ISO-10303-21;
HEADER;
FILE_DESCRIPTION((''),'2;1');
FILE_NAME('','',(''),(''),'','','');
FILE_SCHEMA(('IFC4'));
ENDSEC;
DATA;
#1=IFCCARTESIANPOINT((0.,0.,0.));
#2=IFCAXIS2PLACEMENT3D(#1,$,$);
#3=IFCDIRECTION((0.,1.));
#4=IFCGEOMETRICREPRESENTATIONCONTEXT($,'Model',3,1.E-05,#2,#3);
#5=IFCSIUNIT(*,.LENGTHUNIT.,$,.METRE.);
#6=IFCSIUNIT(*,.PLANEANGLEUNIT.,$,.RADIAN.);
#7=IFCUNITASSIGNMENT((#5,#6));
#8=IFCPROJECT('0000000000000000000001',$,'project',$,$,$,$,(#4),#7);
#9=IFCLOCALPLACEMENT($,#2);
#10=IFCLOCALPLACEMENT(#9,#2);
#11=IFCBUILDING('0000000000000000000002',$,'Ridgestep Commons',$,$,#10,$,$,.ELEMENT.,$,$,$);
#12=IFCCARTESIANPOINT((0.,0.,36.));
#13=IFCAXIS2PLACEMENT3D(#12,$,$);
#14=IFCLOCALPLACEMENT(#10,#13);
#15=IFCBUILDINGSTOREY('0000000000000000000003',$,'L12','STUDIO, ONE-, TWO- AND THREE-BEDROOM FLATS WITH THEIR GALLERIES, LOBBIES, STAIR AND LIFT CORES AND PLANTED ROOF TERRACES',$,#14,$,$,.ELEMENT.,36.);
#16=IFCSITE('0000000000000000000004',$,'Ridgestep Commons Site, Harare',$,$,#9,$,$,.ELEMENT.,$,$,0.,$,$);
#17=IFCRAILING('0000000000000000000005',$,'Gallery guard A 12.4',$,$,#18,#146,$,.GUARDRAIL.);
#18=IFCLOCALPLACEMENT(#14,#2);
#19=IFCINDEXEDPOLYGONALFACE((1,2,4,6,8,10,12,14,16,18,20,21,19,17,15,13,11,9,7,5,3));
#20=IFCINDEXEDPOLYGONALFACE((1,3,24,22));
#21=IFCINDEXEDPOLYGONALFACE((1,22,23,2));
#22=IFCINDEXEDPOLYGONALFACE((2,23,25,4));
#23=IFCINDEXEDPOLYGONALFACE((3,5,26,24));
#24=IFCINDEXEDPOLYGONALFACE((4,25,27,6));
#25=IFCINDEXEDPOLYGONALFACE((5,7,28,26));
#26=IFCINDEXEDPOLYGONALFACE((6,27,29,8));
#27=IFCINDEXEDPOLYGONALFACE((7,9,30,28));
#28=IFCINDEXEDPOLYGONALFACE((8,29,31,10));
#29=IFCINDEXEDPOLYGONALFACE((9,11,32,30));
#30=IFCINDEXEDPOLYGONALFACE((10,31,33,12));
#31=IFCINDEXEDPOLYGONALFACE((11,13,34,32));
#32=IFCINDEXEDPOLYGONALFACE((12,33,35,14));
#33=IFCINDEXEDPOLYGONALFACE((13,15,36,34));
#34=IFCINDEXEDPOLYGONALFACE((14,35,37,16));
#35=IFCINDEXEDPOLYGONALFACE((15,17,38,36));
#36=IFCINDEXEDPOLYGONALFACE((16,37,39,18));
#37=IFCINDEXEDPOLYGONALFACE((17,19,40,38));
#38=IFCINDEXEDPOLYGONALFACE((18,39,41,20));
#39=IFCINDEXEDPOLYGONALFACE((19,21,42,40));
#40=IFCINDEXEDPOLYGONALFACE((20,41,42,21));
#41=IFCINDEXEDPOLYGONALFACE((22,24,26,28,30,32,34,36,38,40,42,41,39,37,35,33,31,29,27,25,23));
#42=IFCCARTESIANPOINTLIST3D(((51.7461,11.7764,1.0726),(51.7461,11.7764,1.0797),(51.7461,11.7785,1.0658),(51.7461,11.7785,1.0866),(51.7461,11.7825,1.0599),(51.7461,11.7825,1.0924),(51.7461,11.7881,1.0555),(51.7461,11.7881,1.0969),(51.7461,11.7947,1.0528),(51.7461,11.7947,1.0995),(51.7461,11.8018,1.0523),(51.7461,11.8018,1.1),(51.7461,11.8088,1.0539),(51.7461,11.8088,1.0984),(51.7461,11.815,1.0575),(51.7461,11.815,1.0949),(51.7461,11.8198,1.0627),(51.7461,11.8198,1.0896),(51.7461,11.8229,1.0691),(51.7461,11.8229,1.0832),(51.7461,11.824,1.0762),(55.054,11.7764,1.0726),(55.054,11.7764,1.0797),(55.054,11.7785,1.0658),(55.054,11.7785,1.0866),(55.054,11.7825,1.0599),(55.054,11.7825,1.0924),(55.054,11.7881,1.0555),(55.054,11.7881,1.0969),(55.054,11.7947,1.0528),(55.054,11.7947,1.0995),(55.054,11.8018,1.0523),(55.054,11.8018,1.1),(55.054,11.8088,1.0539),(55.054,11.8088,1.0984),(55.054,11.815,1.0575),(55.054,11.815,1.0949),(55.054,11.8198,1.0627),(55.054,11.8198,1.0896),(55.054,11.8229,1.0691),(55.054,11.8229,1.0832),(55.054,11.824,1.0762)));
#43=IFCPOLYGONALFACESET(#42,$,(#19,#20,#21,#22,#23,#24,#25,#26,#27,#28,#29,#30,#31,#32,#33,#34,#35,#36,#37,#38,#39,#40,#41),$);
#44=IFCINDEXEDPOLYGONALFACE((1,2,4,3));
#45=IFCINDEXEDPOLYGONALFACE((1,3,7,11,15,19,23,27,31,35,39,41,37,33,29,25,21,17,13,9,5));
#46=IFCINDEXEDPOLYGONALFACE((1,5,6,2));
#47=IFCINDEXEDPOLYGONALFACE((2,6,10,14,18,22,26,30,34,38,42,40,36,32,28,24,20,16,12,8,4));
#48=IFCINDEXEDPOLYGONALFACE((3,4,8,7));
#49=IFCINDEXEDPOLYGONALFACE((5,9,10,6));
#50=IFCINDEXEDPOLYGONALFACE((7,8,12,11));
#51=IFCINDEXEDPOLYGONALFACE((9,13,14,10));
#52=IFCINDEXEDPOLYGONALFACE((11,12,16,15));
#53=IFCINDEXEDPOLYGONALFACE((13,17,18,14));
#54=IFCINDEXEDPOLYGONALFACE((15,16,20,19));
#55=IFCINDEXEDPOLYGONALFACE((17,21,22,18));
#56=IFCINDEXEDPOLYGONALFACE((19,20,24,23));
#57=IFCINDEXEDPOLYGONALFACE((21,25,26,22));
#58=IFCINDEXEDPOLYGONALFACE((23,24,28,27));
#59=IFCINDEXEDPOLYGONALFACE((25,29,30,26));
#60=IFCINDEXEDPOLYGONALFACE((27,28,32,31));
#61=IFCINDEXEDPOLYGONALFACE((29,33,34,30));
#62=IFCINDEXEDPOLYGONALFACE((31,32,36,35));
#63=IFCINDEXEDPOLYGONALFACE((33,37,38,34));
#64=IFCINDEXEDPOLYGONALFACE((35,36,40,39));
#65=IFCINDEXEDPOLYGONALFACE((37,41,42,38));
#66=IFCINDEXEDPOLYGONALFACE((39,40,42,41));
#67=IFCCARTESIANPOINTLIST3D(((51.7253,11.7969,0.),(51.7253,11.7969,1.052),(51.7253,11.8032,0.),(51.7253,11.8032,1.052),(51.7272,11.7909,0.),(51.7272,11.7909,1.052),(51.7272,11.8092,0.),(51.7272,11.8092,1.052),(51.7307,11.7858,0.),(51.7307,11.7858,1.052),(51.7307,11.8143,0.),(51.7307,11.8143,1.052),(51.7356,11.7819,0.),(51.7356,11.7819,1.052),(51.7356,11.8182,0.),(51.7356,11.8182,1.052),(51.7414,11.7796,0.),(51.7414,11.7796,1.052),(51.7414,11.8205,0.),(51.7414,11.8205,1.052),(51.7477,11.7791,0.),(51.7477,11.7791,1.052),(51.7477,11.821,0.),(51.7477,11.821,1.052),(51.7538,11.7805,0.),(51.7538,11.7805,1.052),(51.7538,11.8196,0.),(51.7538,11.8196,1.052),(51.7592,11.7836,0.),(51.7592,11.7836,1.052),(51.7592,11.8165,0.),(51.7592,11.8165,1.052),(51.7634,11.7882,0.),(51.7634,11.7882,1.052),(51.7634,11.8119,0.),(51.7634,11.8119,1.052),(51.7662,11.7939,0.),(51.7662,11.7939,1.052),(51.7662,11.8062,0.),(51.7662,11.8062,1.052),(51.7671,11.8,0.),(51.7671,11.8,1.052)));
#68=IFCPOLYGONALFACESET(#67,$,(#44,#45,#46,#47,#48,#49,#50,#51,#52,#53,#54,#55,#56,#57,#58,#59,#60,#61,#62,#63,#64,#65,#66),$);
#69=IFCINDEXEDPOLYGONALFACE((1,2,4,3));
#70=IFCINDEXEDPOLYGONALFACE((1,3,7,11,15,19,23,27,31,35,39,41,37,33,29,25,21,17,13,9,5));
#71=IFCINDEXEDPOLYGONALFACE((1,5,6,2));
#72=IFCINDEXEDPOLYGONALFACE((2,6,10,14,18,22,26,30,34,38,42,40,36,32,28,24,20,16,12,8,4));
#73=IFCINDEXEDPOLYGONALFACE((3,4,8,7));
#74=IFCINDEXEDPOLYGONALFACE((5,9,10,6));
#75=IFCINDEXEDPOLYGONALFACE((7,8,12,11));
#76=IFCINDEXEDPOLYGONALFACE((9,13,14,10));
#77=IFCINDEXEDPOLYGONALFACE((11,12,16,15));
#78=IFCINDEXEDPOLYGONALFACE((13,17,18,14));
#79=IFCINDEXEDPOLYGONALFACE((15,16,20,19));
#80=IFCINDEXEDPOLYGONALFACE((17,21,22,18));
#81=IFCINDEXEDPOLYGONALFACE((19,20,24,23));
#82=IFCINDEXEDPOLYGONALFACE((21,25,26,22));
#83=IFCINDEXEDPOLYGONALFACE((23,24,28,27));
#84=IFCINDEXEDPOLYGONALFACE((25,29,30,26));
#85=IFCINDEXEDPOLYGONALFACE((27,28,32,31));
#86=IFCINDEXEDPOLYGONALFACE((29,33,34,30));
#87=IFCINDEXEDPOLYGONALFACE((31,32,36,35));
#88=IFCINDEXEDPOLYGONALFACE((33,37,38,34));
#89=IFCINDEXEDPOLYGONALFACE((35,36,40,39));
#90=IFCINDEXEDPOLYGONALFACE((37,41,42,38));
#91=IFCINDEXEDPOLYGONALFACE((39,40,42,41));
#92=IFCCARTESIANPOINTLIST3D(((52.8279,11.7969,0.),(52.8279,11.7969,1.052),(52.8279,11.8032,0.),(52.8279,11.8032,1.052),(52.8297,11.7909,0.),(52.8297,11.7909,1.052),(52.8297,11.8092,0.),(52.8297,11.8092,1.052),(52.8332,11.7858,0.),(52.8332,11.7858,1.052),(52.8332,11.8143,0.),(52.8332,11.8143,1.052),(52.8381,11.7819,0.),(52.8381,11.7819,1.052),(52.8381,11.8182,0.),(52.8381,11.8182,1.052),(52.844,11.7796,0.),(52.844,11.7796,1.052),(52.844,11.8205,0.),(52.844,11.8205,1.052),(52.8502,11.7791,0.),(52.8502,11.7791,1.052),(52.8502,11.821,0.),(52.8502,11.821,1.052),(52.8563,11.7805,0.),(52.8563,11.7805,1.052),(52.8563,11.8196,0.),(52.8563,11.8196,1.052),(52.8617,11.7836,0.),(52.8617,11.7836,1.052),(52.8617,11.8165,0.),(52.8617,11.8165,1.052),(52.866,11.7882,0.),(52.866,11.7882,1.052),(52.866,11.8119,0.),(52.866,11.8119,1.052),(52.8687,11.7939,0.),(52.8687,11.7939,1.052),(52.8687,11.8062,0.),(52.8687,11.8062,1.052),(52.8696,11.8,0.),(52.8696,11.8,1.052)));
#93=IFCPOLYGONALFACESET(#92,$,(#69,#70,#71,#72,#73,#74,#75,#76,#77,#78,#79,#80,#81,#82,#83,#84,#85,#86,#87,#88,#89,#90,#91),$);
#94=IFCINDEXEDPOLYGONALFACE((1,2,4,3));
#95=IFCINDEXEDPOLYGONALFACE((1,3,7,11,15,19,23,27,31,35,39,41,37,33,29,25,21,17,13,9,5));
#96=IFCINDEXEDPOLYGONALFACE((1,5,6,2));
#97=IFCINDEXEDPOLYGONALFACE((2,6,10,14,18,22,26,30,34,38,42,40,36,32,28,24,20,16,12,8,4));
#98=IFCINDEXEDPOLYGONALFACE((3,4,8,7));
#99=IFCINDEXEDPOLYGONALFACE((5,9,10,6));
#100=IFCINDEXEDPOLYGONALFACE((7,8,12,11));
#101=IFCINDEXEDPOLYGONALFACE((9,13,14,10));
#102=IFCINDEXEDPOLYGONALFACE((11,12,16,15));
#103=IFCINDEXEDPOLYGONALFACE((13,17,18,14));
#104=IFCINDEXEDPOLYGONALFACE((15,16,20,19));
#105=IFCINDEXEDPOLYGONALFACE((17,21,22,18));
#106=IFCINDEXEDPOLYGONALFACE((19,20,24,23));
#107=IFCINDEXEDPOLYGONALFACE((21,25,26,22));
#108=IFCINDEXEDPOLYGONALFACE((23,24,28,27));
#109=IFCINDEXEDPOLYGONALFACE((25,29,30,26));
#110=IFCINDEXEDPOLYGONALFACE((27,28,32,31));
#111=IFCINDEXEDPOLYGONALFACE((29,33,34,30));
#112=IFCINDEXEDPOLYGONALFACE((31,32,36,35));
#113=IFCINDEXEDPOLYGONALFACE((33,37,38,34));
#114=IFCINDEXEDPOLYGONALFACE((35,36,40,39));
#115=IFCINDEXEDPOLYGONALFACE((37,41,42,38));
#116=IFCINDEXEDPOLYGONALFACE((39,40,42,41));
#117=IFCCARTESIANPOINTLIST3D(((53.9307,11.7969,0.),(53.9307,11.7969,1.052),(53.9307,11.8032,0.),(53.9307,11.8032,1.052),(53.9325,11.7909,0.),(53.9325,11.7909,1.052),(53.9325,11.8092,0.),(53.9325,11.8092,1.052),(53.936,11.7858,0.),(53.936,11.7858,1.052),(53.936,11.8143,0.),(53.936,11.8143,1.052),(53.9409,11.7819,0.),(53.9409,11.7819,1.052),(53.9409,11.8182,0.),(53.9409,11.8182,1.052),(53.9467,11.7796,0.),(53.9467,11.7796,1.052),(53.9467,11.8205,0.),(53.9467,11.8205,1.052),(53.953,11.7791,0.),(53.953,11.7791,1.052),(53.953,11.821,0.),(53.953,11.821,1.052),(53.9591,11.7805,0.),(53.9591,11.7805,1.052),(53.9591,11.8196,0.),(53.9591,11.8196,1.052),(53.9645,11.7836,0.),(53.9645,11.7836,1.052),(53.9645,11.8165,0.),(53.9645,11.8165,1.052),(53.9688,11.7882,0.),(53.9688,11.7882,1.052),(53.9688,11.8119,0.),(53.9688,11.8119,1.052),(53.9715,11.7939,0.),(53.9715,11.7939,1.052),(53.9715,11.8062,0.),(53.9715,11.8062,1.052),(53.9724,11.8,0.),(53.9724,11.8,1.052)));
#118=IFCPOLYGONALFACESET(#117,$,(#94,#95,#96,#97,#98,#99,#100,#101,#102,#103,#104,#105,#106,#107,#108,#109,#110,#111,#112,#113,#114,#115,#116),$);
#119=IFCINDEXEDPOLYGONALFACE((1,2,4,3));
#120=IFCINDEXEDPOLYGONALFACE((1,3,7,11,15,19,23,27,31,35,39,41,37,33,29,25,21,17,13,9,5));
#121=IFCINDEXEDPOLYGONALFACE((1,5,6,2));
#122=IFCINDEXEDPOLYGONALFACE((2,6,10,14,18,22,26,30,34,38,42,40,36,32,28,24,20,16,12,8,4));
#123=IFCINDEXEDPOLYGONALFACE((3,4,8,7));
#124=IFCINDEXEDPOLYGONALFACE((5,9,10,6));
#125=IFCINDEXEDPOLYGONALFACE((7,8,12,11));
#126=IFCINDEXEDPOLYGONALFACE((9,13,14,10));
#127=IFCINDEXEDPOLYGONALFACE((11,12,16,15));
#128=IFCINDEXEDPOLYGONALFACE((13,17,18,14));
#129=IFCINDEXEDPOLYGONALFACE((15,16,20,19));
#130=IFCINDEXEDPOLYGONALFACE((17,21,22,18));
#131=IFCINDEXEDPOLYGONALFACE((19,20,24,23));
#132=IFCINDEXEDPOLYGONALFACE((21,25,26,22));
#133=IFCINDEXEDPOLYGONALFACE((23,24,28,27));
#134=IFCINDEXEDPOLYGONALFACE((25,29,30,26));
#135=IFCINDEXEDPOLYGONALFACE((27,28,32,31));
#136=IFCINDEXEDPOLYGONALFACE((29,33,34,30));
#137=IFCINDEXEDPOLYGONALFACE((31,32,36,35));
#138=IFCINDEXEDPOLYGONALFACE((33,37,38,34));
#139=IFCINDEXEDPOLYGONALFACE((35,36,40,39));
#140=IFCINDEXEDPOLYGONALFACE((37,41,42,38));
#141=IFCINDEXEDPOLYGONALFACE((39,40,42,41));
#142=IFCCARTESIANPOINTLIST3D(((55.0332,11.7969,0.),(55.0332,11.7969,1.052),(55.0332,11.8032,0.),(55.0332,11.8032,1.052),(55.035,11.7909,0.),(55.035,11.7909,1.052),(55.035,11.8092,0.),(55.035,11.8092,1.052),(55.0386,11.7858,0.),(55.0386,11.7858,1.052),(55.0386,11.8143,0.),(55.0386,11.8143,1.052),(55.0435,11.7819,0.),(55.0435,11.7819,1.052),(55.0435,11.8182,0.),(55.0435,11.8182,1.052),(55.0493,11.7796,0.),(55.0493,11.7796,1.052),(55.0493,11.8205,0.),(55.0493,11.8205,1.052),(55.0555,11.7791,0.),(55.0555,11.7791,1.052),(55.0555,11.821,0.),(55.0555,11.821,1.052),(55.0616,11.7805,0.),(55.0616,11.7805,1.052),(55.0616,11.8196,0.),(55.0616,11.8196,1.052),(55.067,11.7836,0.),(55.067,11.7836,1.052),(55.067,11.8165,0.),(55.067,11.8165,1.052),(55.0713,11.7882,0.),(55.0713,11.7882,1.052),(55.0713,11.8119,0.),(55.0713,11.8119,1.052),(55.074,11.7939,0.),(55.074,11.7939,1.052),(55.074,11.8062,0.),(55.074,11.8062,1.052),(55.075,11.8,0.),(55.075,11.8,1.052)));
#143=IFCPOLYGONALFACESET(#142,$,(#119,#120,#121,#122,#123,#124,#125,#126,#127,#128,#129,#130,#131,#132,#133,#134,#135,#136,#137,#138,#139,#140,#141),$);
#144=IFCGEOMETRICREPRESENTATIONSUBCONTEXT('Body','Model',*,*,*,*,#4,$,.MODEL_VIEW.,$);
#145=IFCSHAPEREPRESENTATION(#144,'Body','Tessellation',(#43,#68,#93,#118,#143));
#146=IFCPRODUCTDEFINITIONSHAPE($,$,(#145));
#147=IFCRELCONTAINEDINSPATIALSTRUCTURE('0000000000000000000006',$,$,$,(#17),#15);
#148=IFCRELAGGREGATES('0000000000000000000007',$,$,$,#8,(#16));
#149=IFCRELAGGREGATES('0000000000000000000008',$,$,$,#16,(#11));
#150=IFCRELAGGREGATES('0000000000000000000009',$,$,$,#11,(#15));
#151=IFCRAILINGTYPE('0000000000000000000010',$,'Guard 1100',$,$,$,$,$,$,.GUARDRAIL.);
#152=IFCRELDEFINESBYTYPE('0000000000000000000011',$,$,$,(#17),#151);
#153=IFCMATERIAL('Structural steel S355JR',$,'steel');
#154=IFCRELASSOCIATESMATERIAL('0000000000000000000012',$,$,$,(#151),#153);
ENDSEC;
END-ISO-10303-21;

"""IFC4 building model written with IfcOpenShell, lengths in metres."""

from ifc_helpers import new_model, si_unit, direction, frame, origin, origin_2d, place, context, subcontext, project, spatial, circle, extrude, material, type_object, element, save


model = new_model("IFC4")

# Units and contexts
model_context = context("Model", 3, precision=1e-05, world=origin(), true_north=direction((0.0, 1.0)))
body_context = subcontext(model_context, "Body", "Model", "MODEL_VIEW")
ifc_project = project(units=[si_unit("LENGTHUNIT", "METRE"), si_unit("PLANEANGLEUNIT", "RADIAN")], contexts=[model_context])

# Site, building, storey
site_placement = place(None, origin())
site = spatial("IfcSite", under=ifc_project, at=site_placement, Name="Ridgestep Commons Site, Harare", CompositionType="ELEMENT", RefElevation=0.0)
building_placement = place(site_placement, origin())
building = spatial("IfcBuilding", under=site, at=building_placement, Name="Ridgestep Commons", CompositionType="ELEMENT")
storey_placement = place(building_placement, frame((0.0, 0.0, 36.0)))
storey = spatial("IfcBuildingStorey", under=building, at=storey_placement, Name="L12", Description="STUDIO, ONE-, TWO- AND THREE-BEDROOM FLATS WITH THEIR GALLERIES, LOBBIES, STAIR AND LIFT CORES AND PLANTED ROOF TERRACES", CompositionType="ELEMENT", Elevation=36.0)

# Railing
ifc_material_1 = material(Name="Structural steel S355JR", Category="steel")
railing_type = type_object("IfcRailingType", Name="Guard 1100", PredefinedType="GUARDRAIL", material=ifc_material_1)
railing_1_placement = place(storey_placement, frame((51.7461, 11.8, 0.0)))
element("IfcRailing", 1, at=railing_1_placement, inside=storey, type_object=railing_type, Name="Gallery guard A 12.4", PredefinedType="GUARDRAIL", context=body_context, shape_type="SweptSolid", body=[
    extrude(circle(Radius=0.0239, at=origin_2d()), frame((0.0, 0.0, 1.0762), z_axis=(1.0, 0.0, 0.0), x_axis=(0.0, 1.0, 0.0)), (0.0, 0.0, 1.0), 3.3079),
    extrude(circle(Radius=0.021, at=origin_2d()), origin(), (0.0, 0.0, 1.0), 1.052),
    extrude(circle(Radius=0.021, at=origin_2d()), frame((1.1025, 0.0, 0.0)), (0.0, 0.0, 1.0), 1.052),
    extrude(circle(Radius=0.021, at=origin_2d()), frame((2.2053, 0.0, 0.0)), (0.0, 0.0, 1.0), 1.052),
    extrude(circle(Radius=0.021, at=origin_2d()), frame((3.3079, 0.0, 0.0)), (0.0, 0.0, 1.0), 1.052),
])

save(model, "model.ifc")
